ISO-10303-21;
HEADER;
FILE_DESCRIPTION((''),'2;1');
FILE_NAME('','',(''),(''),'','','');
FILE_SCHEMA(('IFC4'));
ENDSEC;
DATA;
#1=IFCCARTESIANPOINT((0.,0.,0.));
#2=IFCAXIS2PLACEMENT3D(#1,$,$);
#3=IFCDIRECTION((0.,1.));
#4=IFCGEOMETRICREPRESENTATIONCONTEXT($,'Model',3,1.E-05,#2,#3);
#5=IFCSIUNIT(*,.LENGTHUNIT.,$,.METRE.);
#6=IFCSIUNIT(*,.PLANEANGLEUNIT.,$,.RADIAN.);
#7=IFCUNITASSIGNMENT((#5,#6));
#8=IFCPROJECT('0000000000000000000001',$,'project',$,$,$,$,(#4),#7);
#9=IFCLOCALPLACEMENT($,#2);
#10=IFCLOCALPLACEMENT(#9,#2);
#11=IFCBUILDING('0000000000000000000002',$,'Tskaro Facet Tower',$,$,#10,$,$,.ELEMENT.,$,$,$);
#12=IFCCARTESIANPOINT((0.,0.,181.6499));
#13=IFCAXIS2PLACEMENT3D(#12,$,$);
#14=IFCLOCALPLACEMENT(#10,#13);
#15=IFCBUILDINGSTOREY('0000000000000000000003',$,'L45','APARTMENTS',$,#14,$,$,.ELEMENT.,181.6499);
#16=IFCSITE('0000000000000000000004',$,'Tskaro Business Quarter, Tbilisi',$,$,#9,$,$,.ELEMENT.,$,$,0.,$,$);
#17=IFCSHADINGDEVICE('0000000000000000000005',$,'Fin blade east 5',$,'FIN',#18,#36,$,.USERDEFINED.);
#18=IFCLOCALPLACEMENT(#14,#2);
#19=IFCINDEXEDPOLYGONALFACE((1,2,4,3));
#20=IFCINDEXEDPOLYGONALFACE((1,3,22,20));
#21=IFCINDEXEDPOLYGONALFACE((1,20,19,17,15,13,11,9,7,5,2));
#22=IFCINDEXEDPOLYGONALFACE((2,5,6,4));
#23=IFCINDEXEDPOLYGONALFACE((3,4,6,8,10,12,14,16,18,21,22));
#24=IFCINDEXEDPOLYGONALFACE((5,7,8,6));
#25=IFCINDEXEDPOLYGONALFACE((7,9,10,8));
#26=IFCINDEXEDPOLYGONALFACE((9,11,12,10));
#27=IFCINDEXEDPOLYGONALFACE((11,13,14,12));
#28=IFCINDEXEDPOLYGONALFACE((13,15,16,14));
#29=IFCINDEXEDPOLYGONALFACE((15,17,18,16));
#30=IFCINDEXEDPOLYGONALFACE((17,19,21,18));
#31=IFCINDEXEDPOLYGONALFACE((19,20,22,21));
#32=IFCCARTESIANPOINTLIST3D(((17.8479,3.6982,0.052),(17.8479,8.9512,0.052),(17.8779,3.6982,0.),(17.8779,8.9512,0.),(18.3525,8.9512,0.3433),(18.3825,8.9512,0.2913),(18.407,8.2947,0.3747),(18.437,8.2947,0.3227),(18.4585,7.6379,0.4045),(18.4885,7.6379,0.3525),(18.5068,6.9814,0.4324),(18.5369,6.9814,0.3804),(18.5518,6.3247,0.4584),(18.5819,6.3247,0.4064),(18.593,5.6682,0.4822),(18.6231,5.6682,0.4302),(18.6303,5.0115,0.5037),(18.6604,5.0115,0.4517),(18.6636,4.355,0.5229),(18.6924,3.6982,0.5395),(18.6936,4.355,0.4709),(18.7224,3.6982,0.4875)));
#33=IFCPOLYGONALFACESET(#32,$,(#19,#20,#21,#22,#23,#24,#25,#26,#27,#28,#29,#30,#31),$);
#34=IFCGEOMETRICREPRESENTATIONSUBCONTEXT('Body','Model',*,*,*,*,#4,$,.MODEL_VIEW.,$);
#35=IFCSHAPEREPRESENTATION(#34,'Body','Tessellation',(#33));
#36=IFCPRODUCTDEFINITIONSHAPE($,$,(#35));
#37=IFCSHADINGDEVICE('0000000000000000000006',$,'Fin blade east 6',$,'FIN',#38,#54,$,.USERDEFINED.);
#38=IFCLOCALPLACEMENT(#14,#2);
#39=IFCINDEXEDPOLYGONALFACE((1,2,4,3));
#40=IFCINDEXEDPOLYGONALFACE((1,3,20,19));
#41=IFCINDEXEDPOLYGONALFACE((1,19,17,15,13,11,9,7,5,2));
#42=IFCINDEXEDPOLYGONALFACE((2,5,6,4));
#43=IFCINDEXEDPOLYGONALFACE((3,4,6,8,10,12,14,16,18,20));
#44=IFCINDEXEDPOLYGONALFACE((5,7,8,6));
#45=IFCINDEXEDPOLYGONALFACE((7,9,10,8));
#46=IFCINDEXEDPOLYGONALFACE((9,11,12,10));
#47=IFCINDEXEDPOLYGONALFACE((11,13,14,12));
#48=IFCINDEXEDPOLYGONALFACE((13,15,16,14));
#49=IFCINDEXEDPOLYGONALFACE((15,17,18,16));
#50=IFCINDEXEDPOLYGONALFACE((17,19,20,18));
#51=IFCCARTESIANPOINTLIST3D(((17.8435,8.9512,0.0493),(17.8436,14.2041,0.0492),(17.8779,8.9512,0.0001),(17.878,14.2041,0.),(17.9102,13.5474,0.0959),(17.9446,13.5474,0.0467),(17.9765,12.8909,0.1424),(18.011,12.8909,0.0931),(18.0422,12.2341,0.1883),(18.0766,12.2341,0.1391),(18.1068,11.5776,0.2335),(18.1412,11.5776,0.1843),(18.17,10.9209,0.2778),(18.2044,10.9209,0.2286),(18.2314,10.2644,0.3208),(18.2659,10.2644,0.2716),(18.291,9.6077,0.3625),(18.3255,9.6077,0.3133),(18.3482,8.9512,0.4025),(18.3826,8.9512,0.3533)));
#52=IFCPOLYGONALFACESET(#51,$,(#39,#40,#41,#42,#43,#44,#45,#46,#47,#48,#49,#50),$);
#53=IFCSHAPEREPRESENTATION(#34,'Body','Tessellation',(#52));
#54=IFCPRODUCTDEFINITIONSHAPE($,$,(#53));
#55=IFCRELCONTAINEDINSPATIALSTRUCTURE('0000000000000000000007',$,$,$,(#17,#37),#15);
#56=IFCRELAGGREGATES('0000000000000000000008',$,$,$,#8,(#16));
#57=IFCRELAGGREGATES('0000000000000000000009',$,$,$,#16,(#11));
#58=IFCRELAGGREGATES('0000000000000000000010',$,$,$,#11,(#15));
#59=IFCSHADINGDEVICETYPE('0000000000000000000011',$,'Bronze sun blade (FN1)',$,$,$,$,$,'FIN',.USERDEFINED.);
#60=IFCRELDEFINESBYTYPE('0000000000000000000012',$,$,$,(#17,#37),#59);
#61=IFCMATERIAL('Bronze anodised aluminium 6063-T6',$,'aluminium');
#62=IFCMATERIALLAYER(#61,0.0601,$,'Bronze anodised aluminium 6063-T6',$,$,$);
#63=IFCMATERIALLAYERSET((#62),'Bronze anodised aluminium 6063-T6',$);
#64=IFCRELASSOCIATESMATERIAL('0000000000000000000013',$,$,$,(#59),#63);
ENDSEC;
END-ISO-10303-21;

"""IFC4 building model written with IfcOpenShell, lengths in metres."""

from ifc_helpers import new_model, si_unit, direction, frame, origin, place, context, subcontext, project, spatial, polyline, outline, extrude, material, layer, layer_set, type_object, element, save


model = new_model("IFC4")

# Units and contexts
model_context = context("Model", 3, precision=1e-05, world=origin(), true_north=direction((0.0, 1.0)))
body_context = subcontext(model_context, "Body", "Model", "MODEL_VIEW")
ifc_project = project(units=[si_unit("LENGTHUNIT", "METRE"), si_unit("PLANEANGLEUNIT", "RADIAN")], contexts=[model_context])

# Site, building, storey
site_placement = place(None, origin())
site = spatial("IfcSite", under=ifc_project, at=site_placement, Name="Tskaro Business Quarter, Tbilisi", CompositionType="ELEMENT", RefElevation=0.0)
building_placement = place(site_placement, origin())
building = spatial("IfcBuilding", under=site, at=building_placement, Name="Tskaro Facet Tower", CompositionType="ELEMENT")
storey_placement = place(building_placement, frame((0.0, 0.0, 181.6499)))
storey = spatial("IfcBuildingStorey", under=building, at=storey_placement, Name="L45", Description="APARTMENTS", CompositionType="ELEMENT", Elevation=181.6499)

# Shared definitions
ifc_material_1 = material(Name="Bronze anodised aluminium 6063-T6", Category="aluminium")

# Shading devices
ifc_layer_1 = layer(ifc_material_1, 0.0601, Name="Bronze anodised aluminium 6063-T6")
ifc_layer_set_1 = layer_set([ifc_layer_1], Name="Bronze anodised aluminium 6063-T6")
shading_device_type = type_object("IfcShadingDeviceType", Name="Bronze sun blade (FN1)", ElementType="FIN", PredefinedType="USERDEFINED", material=ifc_layer_set_1)
shading_device_1_placement = place(storey_placement, frame((17.8479, 3.6982, 0.052), z_axis=(-0.499986, 0.000006, 0.866033), x_axis=(0.000003, 1.0, -0.000005)))
element("IfcShadingDevice", 1, at=shading_device_1_placement, inside=storey, type_object=shading_device_type, Name="Fin blade east 5", ObjectType="FIN", PredefinedType="USERDEFINED", context=body_context, shape_type="SweptSolid", body=[
    extrude(outline(polyline([(0.0, 0.0), (5.2529, 0.0), (5.2529, -0.5827), (4.5964, -0.6456), (3.9397, -0.7051), (3.2832, -0.7608), (2.6265, -0.8128), (1.97, -0.8604), (1.3132, -0.9035), (0.6567, -0.9419), (0.0, -0.9751), (0.0, 0.0)])), origin(), (0.0, 0.0, -1.0), 0.0601),
])
shading_device_2_placement = place(storey_placement, frame((17.8435, 8.9512, 0.0493), z_axis=(-0.573382, 0.000016, 0.819289), x_axis=(0.000009, 1.0, -0.000013)))
element("IfcShadingDevice", 2, at=shading_device_2_placement, inside=storey, type_object=shading_device_type, Name="Fin blade east 6", ObjectType="FIN", PredefinedType="USERDEFINED", context=body_context, shape_type="SweptSolid", body=[
    extrude(outline(polyline([(0.0, 0.0), (5.2529, 0.0), (4.5962, -0.0813), (3.9397, -0.1623), (3.283, -0.2425), (2.6265, -0.3213), (1.9697, -0.3985), (1.3132, -0.4735), (0.6565, -0.5462), (0.0, -0.616), (0.0, 0.0)])), origin(), (0.0, 0.0, -1.0), 0.0601),
])

save(model, "model.ifc")
